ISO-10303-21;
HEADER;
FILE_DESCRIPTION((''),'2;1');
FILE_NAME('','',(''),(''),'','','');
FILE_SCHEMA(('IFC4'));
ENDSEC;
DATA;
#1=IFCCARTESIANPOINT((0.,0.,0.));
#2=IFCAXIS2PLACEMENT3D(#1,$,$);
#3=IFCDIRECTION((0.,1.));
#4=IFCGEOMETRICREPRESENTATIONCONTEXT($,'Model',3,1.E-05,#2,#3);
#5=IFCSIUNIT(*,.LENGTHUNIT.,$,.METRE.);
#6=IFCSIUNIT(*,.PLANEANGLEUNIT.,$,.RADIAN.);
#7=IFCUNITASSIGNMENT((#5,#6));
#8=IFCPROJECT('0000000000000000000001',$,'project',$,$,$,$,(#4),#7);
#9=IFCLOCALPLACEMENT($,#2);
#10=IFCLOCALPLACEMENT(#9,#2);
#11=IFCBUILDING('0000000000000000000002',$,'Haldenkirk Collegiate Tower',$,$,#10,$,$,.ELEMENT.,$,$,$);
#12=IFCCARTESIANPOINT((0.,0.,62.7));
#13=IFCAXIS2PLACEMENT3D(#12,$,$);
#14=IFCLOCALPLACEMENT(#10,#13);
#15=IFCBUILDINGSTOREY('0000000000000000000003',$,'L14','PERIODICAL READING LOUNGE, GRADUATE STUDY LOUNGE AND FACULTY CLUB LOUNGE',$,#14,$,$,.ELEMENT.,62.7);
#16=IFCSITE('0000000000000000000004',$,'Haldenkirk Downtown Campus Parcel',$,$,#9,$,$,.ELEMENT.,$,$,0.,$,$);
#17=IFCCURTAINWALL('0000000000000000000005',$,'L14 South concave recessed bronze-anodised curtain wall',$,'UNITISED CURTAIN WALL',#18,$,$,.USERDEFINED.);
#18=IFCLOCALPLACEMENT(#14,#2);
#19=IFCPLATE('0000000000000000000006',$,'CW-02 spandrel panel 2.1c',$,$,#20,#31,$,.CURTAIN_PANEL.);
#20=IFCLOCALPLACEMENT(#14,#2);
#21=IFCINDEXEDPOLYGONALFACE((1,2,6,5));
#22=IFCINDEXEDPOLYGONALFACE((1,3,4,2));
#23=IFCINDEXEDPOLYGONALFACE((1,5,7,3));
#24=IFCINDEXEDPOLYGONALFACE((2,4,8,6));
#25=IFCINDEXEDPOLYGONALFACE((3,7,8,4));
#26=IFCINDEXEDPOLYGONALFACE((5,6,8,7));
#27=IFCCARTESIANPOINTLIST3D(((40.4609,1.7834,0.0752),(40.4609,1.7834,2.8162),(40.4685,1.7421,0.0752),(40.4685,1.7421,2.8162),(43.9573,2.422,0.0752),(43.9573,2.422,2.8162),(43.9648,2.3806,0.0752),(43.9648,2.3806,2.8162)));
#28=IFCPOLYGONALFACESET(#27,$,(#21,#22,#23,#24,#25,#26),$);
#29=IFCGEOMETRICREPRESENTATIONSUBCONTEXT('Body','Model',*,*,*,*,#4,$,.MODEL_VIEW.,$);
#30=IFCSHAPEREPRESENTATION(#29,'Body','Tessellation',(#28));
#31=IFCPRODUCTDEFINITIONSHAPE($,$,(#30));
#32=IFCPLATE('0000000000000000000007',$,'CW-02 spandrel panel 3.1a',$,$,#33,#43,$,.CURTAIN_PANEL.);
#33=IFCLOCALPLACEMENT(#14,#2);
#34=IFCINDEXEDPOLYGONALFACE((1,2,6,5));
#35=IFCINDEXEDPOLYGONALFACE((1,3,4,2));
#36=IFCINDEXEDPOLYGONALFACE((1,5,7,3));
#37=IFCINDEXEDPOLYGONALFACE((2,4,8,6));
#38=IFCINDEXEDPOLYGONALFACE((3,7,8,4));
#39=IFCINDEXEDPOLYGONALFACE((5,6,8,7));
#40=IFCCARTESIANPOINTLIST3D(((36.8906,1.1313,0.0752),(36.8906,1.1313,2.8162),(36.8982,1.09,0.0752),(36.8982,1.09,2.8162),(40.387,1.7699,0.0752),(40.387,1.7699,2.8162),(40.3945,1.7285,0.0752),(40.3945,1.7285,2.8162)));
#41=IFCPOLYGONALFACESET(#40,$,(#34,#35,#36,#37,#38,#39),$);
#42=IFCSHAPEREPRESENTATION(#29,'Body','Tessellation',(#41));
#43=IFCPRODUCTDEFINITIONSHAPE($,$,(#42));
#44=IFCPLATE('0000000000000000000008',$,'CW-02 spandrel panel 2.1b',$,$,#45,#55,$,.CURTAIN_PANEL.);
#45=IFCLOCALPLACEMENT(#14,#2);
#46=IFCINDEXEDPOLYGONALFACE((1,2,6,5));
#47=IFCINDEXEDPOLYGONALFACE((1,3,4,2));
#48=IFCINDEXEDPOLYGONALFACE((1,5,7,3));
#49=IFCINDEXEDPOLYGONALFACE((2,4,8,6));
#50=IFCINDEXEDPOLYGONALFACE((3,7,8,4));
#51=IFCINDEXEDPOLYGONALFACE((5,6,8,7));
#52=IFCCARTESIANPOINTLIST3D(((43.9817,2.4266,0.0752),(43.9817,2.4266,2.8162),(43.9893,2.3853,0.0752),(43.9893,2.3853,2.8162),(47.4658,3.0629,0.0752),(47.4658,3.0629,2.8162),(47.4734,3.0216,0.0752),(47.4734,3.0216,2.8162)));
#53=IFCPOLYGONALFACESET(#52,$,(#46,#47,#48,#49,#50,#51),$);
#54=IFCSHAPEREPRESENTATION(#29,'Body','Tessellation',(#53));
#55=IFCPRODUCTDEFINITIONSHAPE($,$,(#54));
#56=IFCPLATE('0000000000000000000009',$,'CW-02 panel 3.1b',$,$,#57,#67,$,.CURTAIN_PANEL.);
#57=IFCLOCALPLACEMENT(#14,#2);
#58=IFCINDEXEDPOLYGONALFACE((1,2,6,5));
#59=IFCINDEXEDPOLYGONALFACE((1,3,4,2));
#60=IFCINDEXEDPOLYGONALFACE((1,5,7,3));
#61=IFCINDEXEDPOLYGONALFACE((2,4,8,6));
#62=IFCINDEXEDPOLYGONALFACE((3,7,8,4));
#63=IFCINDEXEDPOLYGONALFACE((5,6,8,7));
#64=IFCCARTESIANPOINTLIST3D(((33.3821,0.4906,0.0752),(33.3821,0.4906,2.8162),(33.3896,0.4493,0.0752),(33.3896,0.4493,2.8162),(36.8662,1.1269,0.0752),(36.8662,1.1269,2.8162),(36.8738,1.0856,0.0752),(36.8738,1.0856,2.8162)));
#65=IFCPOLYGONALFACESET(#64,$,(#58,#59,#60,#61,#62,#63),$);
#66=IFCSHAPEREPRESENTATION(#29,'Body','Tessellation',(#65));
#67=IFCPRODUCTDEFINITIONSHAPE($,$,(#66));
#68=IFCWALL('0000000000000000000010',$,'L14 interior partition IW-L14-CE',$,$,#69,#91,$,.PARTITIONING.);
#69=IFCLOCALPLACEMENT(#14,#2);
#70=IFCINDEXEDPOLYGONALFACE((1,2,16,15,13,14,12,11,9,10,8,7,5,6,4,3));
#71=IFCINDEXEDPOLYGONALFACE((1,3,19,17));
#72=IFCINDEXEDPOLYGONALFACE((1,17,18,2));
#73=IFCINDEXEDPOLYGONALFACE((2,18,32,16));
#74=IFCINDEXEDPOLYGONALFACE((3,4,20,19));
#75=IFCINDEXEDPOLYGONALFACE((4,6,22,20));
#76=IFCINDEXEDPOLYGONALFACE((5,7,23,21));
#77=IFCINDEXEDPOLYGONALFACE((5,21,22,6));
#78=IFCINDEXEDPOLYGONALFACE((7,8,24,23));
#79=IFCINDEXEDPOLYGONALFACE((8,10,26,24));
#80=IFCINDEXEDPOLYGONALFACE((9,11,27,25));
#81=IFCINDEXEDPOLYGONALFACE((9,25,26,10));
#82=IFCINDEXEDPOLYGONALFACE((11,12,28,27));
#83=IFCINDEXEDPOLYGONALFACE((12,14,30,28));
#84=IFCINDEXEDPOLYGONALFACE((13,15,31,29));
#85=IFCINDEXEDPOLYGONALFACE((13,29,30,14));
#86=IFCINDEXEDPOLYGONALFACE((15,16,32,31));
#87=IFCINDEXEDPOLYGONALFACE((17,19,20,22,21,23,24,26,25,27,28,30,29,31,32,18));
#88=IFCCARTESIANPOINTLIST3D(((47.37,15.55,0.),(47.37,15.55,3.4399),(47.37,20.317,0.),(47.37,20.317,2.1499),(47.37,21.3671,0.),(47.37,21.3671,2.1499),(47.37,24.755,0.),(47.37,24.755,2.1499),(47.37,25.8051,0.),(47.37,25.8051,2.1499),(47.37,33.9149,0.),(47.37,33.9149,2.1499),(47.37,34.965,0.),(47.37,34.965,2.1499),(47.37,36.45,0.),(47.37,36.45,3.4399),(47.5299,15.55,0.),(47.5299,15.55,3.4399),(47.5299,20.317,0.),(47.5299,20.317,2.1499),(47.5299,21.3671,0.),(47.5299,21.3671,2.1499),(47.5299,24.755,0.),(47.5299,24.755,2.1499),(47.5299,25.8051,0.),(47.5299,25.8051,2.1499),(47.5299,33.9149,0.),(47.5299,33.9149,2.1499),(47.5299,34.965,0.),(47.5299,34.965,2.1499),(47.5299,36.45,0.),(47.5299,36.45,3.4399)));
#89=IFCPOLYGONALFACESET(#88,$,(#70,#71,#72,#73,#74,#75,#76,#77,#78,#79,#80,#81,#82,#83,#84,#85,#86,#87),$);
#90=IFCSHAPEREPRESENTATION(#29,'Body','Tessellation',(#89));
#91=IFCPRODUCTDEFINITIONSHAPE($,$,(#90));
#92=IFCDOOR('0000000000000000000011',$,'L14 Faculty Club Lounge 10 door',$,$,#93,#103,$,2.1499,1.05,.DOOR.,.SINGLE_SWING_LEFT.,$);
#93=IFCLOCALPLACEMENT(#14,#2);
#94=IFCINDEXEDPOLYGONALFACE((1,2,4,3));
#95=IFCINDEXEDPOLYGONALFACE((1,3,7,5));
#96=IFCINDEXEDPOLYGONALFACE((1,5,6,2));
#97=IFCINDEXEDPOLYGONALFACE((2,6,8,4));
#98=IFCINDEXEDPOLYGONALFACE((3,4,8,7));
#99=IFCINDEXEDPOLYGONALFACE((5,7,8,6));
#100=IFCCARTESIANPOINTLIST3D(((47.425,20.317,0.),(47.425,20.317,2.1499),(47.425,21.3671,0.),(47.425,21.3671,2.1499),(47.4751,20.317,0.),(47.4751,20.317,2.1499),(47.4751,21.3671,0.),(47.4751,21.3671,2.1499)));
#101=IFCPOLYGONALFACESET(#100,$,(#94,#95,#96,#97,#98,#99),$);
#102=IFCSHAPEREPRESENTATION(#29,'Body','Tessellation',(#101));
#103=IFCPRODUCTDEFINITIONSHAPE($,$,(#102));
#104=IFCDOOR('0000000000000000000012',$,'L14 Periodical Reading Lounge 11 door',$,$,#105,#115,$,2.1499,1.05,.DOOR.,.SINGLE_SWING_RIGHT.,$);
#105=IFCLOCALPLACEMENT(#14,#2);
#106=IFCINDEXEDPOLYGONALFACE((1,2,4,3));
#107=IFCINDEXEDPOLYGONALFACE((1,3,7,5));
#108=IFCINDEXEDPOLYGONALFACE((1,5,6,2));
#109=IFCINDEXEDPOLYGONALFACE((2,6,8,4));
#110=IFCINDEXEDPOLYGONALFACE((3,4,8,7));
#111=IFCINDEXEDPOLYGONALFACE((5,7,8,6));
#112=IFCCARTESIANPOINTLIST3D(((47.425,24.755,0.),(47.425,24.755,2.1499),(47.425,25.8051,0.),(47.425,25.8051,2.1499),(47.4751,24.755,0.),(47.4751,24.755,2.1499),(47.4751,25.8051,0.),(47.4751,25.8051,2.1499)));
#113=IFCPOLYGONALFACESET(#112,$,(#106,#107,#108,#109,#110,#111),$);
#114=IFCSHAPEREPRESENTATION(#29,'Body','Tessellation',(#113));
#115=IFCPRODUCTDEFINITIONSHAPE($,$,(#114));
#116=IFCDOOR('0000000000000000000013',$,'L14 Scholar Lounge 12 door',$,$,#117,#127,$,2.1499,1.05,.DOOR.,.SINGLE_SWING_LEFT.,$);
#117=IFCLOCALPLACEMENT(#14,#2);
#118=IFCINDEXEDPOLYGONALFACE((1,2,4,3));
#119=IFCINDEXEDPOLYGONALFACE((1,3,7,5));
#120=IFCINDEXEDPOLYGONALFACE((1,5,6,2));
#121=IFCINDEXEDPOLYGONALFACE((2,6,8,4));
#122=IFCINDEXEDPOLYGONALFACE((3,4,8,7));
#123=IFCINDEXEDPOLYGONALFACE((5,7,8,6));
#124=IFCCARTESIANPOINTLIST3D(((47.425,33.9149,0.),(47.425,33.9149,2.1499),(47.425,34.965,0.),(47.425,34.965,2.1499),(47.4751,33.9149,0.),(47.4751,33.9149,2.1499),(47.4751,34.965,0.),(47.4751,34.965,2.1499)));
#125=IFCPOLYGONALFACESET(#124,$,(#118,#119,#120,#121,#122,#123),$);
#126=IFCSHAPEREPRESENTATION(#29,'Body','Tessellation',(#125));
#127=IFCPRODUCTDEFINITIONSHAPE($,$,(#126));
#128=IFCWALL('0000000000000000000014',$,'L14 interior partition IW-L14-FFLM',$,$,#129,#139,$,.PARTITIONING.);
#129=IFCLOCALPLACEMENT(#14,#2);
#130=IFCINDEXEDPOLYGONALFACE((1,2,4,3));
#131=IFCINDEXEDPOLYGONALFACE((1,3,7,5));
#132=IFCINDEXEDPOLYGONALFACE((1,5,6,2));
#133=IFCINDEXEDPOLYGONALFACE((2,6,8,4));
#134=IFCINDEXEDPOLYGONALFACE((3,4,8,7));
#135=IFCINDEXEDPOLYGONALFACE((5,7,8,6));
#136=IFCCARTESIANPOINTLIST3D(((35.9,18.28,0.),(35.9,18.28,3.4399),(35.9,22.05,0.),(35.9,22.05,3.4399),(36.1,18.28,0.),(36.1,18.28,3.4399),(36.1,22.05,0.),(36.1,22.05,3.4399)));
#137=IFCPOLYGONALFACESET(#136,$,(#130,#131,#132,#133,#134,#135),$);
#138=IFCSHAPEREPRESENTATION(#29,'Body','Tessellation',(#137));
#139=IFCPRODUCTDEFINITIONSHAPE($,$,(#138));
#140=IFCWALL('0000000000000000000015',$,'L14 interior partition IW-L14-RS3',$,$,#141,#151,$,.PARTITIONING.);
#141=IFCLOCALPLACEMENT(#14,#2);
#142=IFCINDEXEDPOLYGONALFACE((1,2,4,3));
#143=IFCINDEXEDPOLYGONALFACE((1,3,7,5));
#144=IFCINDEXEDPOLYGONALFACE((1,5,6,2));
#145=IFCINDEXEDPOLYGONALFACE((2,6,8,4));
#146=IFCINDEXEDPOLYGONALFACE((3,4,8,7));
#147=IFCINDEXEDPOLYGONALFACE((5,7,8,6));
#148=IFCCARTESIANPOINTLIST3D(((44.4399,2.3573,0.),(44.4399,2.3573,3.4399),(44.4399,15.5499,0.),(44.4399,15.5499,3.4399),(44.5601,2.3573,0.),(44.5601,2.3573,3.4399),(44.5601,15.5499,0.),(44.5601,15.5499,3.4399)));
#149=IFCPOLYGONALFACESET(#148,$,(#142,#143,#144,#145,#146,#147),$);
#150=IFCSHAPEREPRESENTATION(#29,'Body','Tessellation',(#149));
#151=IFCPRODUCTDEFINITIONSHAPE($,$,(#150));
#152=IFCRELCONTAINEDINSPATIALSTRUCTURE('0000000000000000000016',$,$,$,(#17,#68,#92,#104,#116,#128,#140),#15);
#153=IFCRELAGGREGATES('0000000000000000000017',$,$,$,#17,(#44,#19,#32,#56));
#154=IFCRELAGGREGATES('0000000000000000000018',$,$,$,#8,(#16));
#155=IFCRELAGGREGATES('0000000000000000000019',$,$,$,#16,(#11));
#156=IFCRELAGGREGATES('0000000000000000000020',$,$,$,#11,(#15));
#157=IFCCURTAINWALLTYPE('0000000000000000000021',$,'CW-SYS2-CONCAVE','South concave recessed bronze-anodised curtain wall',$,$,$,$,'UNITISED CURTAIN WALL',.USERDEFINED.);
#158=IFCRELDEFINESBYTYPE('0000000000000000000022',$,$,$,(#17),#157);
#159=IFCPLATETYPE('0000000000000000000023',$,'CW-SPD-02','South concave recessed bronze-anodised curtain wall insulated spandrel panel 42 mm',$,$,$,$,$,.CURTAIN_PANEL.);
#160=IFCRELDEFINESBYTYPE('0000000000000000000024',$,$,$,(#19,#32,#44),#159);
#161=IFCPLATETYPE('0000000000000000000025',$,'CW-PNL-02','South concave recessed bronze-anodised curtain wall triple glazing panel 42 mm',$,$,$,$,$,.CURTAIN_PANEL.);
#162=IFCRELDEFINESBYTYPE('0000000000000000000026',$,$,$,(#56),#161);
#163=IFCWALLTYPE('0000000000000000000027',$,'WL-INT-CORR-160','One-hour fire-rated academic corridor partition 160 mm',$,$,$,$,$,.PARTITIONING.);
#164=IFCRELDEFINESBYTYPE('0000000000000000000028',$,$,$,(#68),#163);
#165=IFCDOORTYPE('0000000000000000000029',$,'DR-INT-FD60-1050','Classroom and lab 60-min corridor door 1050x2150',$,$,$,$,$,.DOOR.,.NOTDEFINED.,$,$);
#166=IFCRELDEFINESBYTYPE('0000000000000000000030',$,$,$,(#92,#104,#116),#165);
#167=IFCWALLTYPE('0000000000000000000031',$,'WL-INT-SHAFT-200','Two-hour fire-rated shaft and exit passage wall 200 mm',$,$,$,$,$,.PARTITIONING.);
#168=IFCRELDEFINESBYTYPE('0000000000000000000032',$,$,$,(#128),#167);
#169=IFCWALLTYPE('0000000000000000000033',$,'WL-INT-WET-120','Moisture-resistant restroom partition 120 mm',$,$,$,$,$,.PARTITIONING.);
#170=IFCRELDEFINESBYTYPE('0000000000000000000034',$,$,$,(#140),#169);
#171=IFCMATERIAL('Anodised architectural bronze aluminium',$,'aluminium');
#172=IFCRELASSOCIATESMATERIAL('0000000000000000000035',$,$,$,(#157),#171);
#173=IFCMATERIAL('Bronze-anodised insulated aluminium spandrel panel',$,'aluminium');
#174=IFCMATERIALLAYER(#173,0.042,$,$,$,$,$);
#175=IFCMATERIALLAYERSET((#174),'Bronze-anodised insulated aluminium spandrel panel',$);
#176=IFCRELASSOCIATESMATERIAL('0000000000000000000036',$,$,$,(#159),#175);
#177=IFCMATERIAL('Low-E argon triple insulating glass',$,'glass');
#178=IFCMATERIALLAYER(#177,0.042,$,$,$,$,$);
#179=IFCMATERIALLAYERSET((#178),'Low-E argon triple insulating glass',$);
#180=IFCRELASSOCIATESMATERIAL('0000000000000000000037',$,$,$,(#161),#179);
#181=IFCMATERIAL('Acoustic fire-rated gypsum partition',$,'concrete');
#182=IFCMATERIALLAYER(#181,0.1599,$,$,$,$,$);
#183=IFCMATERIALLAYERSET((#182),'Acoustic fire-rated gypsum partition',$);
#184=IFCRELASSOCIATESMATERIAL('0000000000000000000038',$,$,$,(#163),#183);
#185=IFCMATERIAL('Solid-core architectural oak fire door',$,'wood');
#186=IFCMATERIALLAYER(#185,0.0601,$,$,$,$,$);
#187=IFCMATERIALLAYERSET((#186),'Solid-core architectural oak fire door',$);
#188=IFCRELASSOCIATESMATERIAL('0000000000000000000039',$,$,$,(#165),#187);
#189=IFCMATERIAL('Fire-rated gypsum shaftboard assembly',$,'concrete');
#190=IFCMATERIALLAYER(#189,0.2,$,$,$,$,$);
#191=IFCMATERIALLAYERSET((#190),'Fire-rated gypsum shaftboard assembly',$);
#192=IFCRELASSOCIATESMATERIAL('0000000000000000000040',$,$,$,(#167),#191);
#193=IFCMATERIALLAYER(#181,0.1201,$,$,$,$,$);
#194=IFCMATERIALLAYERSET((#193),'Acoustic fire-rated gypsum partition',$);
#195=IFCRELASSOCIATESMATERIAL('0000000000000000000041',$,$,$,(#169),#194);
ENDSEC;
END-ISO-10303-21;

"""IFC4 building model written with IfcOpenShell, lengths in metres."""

from ifc_helpers import new_model, si_unit, direction, frame, frame_2d, origin, origin_2d, place, context, subcontext, project, spatial, rectangle, extrude, source, transform, mapped, material, layer, layer_set, type_object, element, fill, aggregate, save


model = new_model("IFC4")

# Units and contexts
model_context = context("Model", 3, precision=1e-05, world=origin(), true_north=direction((0.0, 1.0)))
body_context = subcontext(model_context, "Body", "Model", "MODEL_VIEW")
ifc_project = project(units=[si_unit("LENGTHUNIT", "METRE"), si_unit("PLANEANGLEUNIT", "RADIAN")], contexts=[model_context])

# Site, building, storey
site_placement = place(None, origin())
site = spatial("IfcSite", under=ifc_project, at=site_placement, Name="Haldenkirk Downtown Campus Parcel", CompositionType="ELEMENT", RefElevation=0.0)
building_placement = place(site_placement, origin())
building = spatial("IfcBuilding", under=site, at=building_placement, Name="Haldenkirk Collegiate Tower", CompositionType="ELEMENT")
storey_placement = place(building_placement, frame((0.0, 0.0, 62.7)))
storey = spatial("IfcBuildingStorey", under=building, at=storey_placement, Name="L14", Description="PERIODICAL READING LOUNGE, GRADUATE STUDY LOUNGE AND FACULTY CLUB LOUNGE", CompositionType="ELEMENT", Elevation=62.7)

# Curtain wall
ifc_material_1 = material(Name="Anodised architectural bronze aluminium", Category="aluminium")
curtain_wall_type = type_object("IfcCurtainWallType", Name="CW-SYS2-CONCAVE", Description="South concave recessed bronze-anodised curtain wall", ElementType="UNITISED CURTAIN WALL", PredefinedType="USERDEFINED", material=ifc_material_1)
curtain_wall_placement = place(storey_placement, origin())
curtain_wall = element("IfcCurtainWall", 1, at=curtain_wall_placement, inside=storey, type_object=curtain_wall_type, Name="L14 South concave recessed bronze-anodised curtain wall", ObjectType="UNITISED CURTAIN WALL", PredefinedType="USERDEFINED")

# Plates
ifc_material_2 = material(Name="Bronze-anodised insulated aluminium spandrel panel", Category="aluminium")
ifc_layer_1 = layer(ifc_material_2, 0.042)
ifc_layer_set_1 = layer_set([ifc_layer_1], Name="Bronze-anodised insulated aluminium spandrel panel")
plate_type_1 = type_object("IfcPlateType", Name="CW-SPD-02", Description="South concave recessed bronze-anodised curtain wall insulated spandrel panel 42 mm", PredefinedType="CURTAIN_PANEL", material=ifc_layer_set_1)
shared_shape_1 = source(origin(), body_context, "Body", "SweptSolid", [
    extrude(rectangle(XDim=3.5542, YDim=0.042, at=origin_2d()), origin(), (0.0, 0.0, 1.0), 2.741),
])
plate_1_placement = place(storey_placement, frame((42.2129, 2.082, 0.0752), z_axis=(0.0, 0.0, 1.0), x_axis=(-0.983729, -0.179659, 0.0)))
plate_1 = element("IfcPlate", 2, at=plate_1_placement, type_object=plate_type_1, Name="CW-02 spandrel panel 2.1c", PredefinedType="CURTAIN_PANEL", context=body_context, shape_type="MappedRepresentation", body=[
    mapped(shared_shape_1, transform((0.0, 0.0, 0.0), x_axis=(1.0, 0.0, 0.0), y_axis=(0.0, 1.0, 0.0), z_axis=(0.0, 0.0, 1.0), scale=1.0)),
])
plate_2_placement = place(storey_placement, frame((38.6426, 1.4299, 0.0752), z_axis=(0.0, 0.0, 1.0), x_axis=(-0.983729, -0.179659, 0.0)))
plate_2 = element("IfcPlate", 3, at=plate_2_placement, type_object=plate_type_1, Name="CW-02 spandrel panel 3.1a", PredefinedType="CURTAIN_PANEL", context=body_context, shape_type="MappedRepresentation", body=[
    mapped(shared_shape_1, transform((0.0, 0.0, 0.0), x_axis=(1.0, 0.0, 0.0), y_axis=(0.0, 1.0, 0.0), z_axis=(0.0, 0.0, 1.0), scale=1.0)),
])
shared_shape_2 = source(origin(), body_context, "Body", "SweptSolid", [
    extrude(rectangle(XDim=3.5417, YDim=0.042, at=origin_2d()), origin(), (0.0, 0.0, 1.0), 2.741),
])
plate_3_placement = place(storey_placement, frame((45.7275, 2.7241, 0.0752), z_axis=(0.0, 0.0, 1.0), x_axis=(-0.983729, -0.179659, 0.0)))
plate_3 = element("IfcPlate", 4, at=plate_3_placement, type_object=plate_type_1, Name="CW-02 spandrel panel 2.1b", PredefinedType="CURTAIN_PANEL", context=body_context, shape_type="MappedRepresentation", body=[
    mapped(shared_shape_2, transform((0.0, 0.0, 0.0), x_axis=(1.0, 0.0, 0.0), y_axis=(0.0, 1.0, 0.0), z_axis=(0.0, 0.0, 1.0), scale=1.0)),
])
ifc_material_3 = material(Name="Low-E argon triple insulating glass", Category="glass")
ifc_layer_2 = layer(ifc_material_3, 0.042)
ifc_layer_set_2 = layer_set([ifc_layer_2], Name="Low-E argon triple insulating glass")
plate_type_2 = type_object("IfcPlateType", Name="CW-PNL-02", Description="South concave recessed bronze-anodised curtain wall triple glazing panel 42 mm", PredefinedType="CURTAIN_PANEL", material=ifc_layer_set_2)
plate_4_placement = place(storey_placement, frame((35.1279, 0.7881, 0.0752), z_axis=(0.0, 0.0, 1.0), x_axis=(-0.983729, -0.179659, 0.0)))
plate_4 = element("IfcPlate", 5, at=plate_4_placement, type_object=plate_type_2, Name="CW-02 panel 3.1b", PredefinedType="CURTAIN_PANEL", context=body_context, shape_type="MappedRepresentation", body=[
    mapped(shared_shape_2, transform((0.0, 0.0, 0.0), x_axis=(1.0, 0.0, 0.0), y_axis=(0.0, 1.0, 0.0), z_axis=(0.0, 0.0, 1.0), scale=1.0)),
])
aggregate(curtain_wall, [plate_3, plate_1, plate_2, plate_4])

# Wall, openings, doors
ifc_material_4 = material(Name="Acoustic fire-rated gypsum partition", Category="concrete")
ifc_layer_3 = layer(ifc_material_4, 0.1599)
ifc_layer_set_3 = layer_set([ifc_layer_3], Name="Acoustic fire-rated gypsum partition")
wall_type_1 = type_object("IfcWallType", Name="WL-INT-CORR-160", Description="One-hour fire-rated academic corridor partition 160 mm", PredefinedType="PARTITIONING", material=ifc_layer_set_3)
wall_1_placement = place(storey_placement, frame((47.45, 15.55, 0.0), z_axis=(0.0, 0.0, 1.0), x_axis=(0.0, 1.0, 0.0)))
wall_1 = element("IfcWall", 6, at=wall_1_placement, inside=storey, type_object=wall_type_1, Name="L14 interior partition IW-L14-CE", PredefinedType="PARTITIONING", context=body_context, shape_type="SweptSolid", body=[
    extrude(rectangle(XDim=20.8999, YDim=0.1599, at=frame_2d((10.45, 0.0))), origin(), (0.0, 0.0, 1.0), 3.4399),
])
opening_1_placement = place(wall_1_placement, frame((4.7671, 0.0, 0.0)))
opening_1 = element("IfcOpeningElement", 7, at=opening_1_placement, cuts=wall_1, PredefinedType="OPENING", context=body_context, shape_type="SweptSolid", body=[
    extrude(rectangle(XDim=1.05, YDim=2.1499, at=frame_2d((0.5249, 1.075))), frame((0.0, 0.0898, 0.0), z_axis=(0.0, -1.0, 0.0), x_axis=(1.0, 0.0, 0.0)), (0.0, 0.0, 1.0), 0.1799),
])
opening_2_placement = place(wall_1_placement, frame((9.2051, 0.0, 0.0)))
opening_2 = element("IfcOpeningElement", 8, at=opening_2_placement, cuts=wall_1, PredefinedType="OPENING", context=body_context, shape_type="SweptSolid", body=[
    extrude(rectangle(XDim=1.05, YDim=2.1499, at=frame_2d((0.5249, 1.075))), frame((0.0, 0.0898, 0.0), z_axis=(0.0, -1.0, 0.0), x_axis=(1.0, 0.0, 0.0)), (0.0, 0.0, 1.0), 0.1799),
])
opening_3_placement = place(wall_1_placement, frame((18.365, 0.0, 0.0)))
opening_3 = element("IfcOpeningElement", 9, at=opening_3_placement, cuts=wall_1, PredefinedType="OPENING", context=body_context, shape_type="SweptSolid", body=[
    extrude(rectangle(XDim=1.05, YDim=2.1499, at=frame_2d((0.5249, 1.075))), frame((0.0, 0.0898, 0.0), z_axis=(0.0, -1.0, 0.0), x_axis=(1.0, 0.0, 0.0)), (0.0, 0.0, 1.0), 0.1799),
])
ifc_material_5 = material(Name="Solid-core architectural oak fire door", Category="wood")
ifc_layer_4 = layer(ifc_material_5, 0.0601)
ifc_layer_set_4 = layer_set([ifc_layer_4], Name="Solid-core architectural oak fire door")
door_type_1 = type_object("IfcDoorType", Name="DR-INT-FD60-1050", Description="Classroom and lab 60-min corridor door 1050x2150", OperationType="NOTDEFINED", PredefinedType="DOOR", material=ifc_layer_set_4)
door_1_placement = place(opening_1_placement, origin())
door_1 = element("IfcDoor", 10, at=door_1_placement, inside=storey, type_object=door_type_1, Name="L14 Faculty Club Lounge 10 door", OperationType="SINGLE_SWING_LEFT", OverallHeight=2.1499, OverallWidth=1.05, PredefinedType="DOOR", context=body_context, shape_type="SweptSolid", body=[
    extrude(rectangle(XDim=1.05, YDim=2.1499, at=frame_2d((0.5249, 1.075))), frame((0.0, 0.0249, 0.0), z_axis=(0.0, -1.0, 0.0), x_axis=(1.0, 0.0, 0.0)), (0.0, 0.0, 1.0), 0.05),
])
fill(opening_1, door_1)
door_2_placement = place(opening_2_placement, origin())
door_2 = element("IfcDoor", 11, at=door_2_placement, inside=storey, type_object=door_type_1, Name="L14 Periodical Reading Lounge 11 door", OperationType="SINGLE_SWING_RIGHT", OverallHeight=2.1499, OverallWidth=1.05, PredefinedType="DOOR", context=body_context, shape_type="SweptSolid", body=[
    extrude(rectangle(XDim=1.05, YDim=2.1499, at=frame_2d((0.5249, 1.075))), frame((0.0, 0.0249, 0.0), z_axis=(0.0, -1.0, 0.0), x_axis=(1.0, 0.0, 0.0)), (0.0, 0.0, 1.0), 0.05),
])
fill(opening_2, door_2)
door_3_placement = place(opening_3_placement, origin())
door_3 = element("IfcDoor", 12, at=door_3_placement, inside=storey, type_object=door_type_1, Name="L14 Scholar Lounge 12 door", OperationType="SINGLE_SWING_LEFT", OverallHeight=2.1499, OverallWidth=1.05, PredefinedType="DOOR", context=body_context, shape_type="SweptSolid", body=[
    extrude(rectangle(XDim=1.05, YDim=2.1499, at=frame_2d((0.5249, 1.075))), frame((0.0, 0.0249, 0.0), z_axis=(0.0, -1.0, 0.0), x_axis=(1.0, 0.0, 0.0)), (0.0, 0.0, 1.0), 0.05),
])
fill(opening_3, door_3)

# Walls
ifc_material_6 = material(Name="Fire-rated gypsum shaftboard assembly", Category="concrete")
ifc_layer_5 = layer(ifc_material_6, 0.2)
ifc_layer_set_5 = layer_set([ifc_layer_5], Name="Fire-rated gypsum shaftboard assembly")
wall_type_2 = type_object("IfcWallType", Name="WL-INT-SHAFT-200", Description="Two-hour fire-rated shaft and exit passage wall 200 mm", PredefinedType="PARTITIONING", material=ifc_layer_set_5)
wall_2_placement = place(storey_placement, frame((36.0, 18.28, 0.0), z_axis=(0.0, 0.0, 1.0), x_axis=(0.0, 1.0, 0.0)))
element("IfcWall", 13, at=wall_2_placement, inside=storey, type_object=wall_type_2, Name="L14 interior partition IW-L14-FFLM", PredefinedType="PARTITIONING", context=body_context, shape_type="SweptSolid", body=[
    extrude(rectangle(XDim=3.77, YDim=0.2, at=frame_2d((1.885, 0.0))), origin(), (0.0, 0.0, 1.0), 3.4399),
])
ifc_layer_6 = layer(ifc_material_4, 0.1201)
ifc_layer_set_6 = layer_set([ifc_layer_6], Name="Acoustic fire-rated gypsum partition")
wall_type_3 = type_object("IfcWallType", Name="WL-INT-WET-120", Description="Moisture-resistant restroom partition 120 mm", PredefinedType="PARTITIONING", material=ifc_layer_set_6)
wall_3_placement = place(storey_placement, frame((44.5, 2.3574, 0.0), z_axis=(0.0, 0.0, 1.0), x_axis=(0.0, 1.0, 0.0)))
element("IfcWall", 14, at=wall_3_placement, inside=storey, type_object=wall_type_3, Name="L14 interior partition IW-L14-RS3", PredefinedType="PARTITIONING", context=body_context, shape_type="SweptSolid", body=[
    extrude(rectangle(XDim=13.1926, YDim=0.1201, at=frame_2d((6.5962, 0.0))), origin(), (0.0, 0.0, 1.0), 3.4399),
])

save(model, "model.ifc")
